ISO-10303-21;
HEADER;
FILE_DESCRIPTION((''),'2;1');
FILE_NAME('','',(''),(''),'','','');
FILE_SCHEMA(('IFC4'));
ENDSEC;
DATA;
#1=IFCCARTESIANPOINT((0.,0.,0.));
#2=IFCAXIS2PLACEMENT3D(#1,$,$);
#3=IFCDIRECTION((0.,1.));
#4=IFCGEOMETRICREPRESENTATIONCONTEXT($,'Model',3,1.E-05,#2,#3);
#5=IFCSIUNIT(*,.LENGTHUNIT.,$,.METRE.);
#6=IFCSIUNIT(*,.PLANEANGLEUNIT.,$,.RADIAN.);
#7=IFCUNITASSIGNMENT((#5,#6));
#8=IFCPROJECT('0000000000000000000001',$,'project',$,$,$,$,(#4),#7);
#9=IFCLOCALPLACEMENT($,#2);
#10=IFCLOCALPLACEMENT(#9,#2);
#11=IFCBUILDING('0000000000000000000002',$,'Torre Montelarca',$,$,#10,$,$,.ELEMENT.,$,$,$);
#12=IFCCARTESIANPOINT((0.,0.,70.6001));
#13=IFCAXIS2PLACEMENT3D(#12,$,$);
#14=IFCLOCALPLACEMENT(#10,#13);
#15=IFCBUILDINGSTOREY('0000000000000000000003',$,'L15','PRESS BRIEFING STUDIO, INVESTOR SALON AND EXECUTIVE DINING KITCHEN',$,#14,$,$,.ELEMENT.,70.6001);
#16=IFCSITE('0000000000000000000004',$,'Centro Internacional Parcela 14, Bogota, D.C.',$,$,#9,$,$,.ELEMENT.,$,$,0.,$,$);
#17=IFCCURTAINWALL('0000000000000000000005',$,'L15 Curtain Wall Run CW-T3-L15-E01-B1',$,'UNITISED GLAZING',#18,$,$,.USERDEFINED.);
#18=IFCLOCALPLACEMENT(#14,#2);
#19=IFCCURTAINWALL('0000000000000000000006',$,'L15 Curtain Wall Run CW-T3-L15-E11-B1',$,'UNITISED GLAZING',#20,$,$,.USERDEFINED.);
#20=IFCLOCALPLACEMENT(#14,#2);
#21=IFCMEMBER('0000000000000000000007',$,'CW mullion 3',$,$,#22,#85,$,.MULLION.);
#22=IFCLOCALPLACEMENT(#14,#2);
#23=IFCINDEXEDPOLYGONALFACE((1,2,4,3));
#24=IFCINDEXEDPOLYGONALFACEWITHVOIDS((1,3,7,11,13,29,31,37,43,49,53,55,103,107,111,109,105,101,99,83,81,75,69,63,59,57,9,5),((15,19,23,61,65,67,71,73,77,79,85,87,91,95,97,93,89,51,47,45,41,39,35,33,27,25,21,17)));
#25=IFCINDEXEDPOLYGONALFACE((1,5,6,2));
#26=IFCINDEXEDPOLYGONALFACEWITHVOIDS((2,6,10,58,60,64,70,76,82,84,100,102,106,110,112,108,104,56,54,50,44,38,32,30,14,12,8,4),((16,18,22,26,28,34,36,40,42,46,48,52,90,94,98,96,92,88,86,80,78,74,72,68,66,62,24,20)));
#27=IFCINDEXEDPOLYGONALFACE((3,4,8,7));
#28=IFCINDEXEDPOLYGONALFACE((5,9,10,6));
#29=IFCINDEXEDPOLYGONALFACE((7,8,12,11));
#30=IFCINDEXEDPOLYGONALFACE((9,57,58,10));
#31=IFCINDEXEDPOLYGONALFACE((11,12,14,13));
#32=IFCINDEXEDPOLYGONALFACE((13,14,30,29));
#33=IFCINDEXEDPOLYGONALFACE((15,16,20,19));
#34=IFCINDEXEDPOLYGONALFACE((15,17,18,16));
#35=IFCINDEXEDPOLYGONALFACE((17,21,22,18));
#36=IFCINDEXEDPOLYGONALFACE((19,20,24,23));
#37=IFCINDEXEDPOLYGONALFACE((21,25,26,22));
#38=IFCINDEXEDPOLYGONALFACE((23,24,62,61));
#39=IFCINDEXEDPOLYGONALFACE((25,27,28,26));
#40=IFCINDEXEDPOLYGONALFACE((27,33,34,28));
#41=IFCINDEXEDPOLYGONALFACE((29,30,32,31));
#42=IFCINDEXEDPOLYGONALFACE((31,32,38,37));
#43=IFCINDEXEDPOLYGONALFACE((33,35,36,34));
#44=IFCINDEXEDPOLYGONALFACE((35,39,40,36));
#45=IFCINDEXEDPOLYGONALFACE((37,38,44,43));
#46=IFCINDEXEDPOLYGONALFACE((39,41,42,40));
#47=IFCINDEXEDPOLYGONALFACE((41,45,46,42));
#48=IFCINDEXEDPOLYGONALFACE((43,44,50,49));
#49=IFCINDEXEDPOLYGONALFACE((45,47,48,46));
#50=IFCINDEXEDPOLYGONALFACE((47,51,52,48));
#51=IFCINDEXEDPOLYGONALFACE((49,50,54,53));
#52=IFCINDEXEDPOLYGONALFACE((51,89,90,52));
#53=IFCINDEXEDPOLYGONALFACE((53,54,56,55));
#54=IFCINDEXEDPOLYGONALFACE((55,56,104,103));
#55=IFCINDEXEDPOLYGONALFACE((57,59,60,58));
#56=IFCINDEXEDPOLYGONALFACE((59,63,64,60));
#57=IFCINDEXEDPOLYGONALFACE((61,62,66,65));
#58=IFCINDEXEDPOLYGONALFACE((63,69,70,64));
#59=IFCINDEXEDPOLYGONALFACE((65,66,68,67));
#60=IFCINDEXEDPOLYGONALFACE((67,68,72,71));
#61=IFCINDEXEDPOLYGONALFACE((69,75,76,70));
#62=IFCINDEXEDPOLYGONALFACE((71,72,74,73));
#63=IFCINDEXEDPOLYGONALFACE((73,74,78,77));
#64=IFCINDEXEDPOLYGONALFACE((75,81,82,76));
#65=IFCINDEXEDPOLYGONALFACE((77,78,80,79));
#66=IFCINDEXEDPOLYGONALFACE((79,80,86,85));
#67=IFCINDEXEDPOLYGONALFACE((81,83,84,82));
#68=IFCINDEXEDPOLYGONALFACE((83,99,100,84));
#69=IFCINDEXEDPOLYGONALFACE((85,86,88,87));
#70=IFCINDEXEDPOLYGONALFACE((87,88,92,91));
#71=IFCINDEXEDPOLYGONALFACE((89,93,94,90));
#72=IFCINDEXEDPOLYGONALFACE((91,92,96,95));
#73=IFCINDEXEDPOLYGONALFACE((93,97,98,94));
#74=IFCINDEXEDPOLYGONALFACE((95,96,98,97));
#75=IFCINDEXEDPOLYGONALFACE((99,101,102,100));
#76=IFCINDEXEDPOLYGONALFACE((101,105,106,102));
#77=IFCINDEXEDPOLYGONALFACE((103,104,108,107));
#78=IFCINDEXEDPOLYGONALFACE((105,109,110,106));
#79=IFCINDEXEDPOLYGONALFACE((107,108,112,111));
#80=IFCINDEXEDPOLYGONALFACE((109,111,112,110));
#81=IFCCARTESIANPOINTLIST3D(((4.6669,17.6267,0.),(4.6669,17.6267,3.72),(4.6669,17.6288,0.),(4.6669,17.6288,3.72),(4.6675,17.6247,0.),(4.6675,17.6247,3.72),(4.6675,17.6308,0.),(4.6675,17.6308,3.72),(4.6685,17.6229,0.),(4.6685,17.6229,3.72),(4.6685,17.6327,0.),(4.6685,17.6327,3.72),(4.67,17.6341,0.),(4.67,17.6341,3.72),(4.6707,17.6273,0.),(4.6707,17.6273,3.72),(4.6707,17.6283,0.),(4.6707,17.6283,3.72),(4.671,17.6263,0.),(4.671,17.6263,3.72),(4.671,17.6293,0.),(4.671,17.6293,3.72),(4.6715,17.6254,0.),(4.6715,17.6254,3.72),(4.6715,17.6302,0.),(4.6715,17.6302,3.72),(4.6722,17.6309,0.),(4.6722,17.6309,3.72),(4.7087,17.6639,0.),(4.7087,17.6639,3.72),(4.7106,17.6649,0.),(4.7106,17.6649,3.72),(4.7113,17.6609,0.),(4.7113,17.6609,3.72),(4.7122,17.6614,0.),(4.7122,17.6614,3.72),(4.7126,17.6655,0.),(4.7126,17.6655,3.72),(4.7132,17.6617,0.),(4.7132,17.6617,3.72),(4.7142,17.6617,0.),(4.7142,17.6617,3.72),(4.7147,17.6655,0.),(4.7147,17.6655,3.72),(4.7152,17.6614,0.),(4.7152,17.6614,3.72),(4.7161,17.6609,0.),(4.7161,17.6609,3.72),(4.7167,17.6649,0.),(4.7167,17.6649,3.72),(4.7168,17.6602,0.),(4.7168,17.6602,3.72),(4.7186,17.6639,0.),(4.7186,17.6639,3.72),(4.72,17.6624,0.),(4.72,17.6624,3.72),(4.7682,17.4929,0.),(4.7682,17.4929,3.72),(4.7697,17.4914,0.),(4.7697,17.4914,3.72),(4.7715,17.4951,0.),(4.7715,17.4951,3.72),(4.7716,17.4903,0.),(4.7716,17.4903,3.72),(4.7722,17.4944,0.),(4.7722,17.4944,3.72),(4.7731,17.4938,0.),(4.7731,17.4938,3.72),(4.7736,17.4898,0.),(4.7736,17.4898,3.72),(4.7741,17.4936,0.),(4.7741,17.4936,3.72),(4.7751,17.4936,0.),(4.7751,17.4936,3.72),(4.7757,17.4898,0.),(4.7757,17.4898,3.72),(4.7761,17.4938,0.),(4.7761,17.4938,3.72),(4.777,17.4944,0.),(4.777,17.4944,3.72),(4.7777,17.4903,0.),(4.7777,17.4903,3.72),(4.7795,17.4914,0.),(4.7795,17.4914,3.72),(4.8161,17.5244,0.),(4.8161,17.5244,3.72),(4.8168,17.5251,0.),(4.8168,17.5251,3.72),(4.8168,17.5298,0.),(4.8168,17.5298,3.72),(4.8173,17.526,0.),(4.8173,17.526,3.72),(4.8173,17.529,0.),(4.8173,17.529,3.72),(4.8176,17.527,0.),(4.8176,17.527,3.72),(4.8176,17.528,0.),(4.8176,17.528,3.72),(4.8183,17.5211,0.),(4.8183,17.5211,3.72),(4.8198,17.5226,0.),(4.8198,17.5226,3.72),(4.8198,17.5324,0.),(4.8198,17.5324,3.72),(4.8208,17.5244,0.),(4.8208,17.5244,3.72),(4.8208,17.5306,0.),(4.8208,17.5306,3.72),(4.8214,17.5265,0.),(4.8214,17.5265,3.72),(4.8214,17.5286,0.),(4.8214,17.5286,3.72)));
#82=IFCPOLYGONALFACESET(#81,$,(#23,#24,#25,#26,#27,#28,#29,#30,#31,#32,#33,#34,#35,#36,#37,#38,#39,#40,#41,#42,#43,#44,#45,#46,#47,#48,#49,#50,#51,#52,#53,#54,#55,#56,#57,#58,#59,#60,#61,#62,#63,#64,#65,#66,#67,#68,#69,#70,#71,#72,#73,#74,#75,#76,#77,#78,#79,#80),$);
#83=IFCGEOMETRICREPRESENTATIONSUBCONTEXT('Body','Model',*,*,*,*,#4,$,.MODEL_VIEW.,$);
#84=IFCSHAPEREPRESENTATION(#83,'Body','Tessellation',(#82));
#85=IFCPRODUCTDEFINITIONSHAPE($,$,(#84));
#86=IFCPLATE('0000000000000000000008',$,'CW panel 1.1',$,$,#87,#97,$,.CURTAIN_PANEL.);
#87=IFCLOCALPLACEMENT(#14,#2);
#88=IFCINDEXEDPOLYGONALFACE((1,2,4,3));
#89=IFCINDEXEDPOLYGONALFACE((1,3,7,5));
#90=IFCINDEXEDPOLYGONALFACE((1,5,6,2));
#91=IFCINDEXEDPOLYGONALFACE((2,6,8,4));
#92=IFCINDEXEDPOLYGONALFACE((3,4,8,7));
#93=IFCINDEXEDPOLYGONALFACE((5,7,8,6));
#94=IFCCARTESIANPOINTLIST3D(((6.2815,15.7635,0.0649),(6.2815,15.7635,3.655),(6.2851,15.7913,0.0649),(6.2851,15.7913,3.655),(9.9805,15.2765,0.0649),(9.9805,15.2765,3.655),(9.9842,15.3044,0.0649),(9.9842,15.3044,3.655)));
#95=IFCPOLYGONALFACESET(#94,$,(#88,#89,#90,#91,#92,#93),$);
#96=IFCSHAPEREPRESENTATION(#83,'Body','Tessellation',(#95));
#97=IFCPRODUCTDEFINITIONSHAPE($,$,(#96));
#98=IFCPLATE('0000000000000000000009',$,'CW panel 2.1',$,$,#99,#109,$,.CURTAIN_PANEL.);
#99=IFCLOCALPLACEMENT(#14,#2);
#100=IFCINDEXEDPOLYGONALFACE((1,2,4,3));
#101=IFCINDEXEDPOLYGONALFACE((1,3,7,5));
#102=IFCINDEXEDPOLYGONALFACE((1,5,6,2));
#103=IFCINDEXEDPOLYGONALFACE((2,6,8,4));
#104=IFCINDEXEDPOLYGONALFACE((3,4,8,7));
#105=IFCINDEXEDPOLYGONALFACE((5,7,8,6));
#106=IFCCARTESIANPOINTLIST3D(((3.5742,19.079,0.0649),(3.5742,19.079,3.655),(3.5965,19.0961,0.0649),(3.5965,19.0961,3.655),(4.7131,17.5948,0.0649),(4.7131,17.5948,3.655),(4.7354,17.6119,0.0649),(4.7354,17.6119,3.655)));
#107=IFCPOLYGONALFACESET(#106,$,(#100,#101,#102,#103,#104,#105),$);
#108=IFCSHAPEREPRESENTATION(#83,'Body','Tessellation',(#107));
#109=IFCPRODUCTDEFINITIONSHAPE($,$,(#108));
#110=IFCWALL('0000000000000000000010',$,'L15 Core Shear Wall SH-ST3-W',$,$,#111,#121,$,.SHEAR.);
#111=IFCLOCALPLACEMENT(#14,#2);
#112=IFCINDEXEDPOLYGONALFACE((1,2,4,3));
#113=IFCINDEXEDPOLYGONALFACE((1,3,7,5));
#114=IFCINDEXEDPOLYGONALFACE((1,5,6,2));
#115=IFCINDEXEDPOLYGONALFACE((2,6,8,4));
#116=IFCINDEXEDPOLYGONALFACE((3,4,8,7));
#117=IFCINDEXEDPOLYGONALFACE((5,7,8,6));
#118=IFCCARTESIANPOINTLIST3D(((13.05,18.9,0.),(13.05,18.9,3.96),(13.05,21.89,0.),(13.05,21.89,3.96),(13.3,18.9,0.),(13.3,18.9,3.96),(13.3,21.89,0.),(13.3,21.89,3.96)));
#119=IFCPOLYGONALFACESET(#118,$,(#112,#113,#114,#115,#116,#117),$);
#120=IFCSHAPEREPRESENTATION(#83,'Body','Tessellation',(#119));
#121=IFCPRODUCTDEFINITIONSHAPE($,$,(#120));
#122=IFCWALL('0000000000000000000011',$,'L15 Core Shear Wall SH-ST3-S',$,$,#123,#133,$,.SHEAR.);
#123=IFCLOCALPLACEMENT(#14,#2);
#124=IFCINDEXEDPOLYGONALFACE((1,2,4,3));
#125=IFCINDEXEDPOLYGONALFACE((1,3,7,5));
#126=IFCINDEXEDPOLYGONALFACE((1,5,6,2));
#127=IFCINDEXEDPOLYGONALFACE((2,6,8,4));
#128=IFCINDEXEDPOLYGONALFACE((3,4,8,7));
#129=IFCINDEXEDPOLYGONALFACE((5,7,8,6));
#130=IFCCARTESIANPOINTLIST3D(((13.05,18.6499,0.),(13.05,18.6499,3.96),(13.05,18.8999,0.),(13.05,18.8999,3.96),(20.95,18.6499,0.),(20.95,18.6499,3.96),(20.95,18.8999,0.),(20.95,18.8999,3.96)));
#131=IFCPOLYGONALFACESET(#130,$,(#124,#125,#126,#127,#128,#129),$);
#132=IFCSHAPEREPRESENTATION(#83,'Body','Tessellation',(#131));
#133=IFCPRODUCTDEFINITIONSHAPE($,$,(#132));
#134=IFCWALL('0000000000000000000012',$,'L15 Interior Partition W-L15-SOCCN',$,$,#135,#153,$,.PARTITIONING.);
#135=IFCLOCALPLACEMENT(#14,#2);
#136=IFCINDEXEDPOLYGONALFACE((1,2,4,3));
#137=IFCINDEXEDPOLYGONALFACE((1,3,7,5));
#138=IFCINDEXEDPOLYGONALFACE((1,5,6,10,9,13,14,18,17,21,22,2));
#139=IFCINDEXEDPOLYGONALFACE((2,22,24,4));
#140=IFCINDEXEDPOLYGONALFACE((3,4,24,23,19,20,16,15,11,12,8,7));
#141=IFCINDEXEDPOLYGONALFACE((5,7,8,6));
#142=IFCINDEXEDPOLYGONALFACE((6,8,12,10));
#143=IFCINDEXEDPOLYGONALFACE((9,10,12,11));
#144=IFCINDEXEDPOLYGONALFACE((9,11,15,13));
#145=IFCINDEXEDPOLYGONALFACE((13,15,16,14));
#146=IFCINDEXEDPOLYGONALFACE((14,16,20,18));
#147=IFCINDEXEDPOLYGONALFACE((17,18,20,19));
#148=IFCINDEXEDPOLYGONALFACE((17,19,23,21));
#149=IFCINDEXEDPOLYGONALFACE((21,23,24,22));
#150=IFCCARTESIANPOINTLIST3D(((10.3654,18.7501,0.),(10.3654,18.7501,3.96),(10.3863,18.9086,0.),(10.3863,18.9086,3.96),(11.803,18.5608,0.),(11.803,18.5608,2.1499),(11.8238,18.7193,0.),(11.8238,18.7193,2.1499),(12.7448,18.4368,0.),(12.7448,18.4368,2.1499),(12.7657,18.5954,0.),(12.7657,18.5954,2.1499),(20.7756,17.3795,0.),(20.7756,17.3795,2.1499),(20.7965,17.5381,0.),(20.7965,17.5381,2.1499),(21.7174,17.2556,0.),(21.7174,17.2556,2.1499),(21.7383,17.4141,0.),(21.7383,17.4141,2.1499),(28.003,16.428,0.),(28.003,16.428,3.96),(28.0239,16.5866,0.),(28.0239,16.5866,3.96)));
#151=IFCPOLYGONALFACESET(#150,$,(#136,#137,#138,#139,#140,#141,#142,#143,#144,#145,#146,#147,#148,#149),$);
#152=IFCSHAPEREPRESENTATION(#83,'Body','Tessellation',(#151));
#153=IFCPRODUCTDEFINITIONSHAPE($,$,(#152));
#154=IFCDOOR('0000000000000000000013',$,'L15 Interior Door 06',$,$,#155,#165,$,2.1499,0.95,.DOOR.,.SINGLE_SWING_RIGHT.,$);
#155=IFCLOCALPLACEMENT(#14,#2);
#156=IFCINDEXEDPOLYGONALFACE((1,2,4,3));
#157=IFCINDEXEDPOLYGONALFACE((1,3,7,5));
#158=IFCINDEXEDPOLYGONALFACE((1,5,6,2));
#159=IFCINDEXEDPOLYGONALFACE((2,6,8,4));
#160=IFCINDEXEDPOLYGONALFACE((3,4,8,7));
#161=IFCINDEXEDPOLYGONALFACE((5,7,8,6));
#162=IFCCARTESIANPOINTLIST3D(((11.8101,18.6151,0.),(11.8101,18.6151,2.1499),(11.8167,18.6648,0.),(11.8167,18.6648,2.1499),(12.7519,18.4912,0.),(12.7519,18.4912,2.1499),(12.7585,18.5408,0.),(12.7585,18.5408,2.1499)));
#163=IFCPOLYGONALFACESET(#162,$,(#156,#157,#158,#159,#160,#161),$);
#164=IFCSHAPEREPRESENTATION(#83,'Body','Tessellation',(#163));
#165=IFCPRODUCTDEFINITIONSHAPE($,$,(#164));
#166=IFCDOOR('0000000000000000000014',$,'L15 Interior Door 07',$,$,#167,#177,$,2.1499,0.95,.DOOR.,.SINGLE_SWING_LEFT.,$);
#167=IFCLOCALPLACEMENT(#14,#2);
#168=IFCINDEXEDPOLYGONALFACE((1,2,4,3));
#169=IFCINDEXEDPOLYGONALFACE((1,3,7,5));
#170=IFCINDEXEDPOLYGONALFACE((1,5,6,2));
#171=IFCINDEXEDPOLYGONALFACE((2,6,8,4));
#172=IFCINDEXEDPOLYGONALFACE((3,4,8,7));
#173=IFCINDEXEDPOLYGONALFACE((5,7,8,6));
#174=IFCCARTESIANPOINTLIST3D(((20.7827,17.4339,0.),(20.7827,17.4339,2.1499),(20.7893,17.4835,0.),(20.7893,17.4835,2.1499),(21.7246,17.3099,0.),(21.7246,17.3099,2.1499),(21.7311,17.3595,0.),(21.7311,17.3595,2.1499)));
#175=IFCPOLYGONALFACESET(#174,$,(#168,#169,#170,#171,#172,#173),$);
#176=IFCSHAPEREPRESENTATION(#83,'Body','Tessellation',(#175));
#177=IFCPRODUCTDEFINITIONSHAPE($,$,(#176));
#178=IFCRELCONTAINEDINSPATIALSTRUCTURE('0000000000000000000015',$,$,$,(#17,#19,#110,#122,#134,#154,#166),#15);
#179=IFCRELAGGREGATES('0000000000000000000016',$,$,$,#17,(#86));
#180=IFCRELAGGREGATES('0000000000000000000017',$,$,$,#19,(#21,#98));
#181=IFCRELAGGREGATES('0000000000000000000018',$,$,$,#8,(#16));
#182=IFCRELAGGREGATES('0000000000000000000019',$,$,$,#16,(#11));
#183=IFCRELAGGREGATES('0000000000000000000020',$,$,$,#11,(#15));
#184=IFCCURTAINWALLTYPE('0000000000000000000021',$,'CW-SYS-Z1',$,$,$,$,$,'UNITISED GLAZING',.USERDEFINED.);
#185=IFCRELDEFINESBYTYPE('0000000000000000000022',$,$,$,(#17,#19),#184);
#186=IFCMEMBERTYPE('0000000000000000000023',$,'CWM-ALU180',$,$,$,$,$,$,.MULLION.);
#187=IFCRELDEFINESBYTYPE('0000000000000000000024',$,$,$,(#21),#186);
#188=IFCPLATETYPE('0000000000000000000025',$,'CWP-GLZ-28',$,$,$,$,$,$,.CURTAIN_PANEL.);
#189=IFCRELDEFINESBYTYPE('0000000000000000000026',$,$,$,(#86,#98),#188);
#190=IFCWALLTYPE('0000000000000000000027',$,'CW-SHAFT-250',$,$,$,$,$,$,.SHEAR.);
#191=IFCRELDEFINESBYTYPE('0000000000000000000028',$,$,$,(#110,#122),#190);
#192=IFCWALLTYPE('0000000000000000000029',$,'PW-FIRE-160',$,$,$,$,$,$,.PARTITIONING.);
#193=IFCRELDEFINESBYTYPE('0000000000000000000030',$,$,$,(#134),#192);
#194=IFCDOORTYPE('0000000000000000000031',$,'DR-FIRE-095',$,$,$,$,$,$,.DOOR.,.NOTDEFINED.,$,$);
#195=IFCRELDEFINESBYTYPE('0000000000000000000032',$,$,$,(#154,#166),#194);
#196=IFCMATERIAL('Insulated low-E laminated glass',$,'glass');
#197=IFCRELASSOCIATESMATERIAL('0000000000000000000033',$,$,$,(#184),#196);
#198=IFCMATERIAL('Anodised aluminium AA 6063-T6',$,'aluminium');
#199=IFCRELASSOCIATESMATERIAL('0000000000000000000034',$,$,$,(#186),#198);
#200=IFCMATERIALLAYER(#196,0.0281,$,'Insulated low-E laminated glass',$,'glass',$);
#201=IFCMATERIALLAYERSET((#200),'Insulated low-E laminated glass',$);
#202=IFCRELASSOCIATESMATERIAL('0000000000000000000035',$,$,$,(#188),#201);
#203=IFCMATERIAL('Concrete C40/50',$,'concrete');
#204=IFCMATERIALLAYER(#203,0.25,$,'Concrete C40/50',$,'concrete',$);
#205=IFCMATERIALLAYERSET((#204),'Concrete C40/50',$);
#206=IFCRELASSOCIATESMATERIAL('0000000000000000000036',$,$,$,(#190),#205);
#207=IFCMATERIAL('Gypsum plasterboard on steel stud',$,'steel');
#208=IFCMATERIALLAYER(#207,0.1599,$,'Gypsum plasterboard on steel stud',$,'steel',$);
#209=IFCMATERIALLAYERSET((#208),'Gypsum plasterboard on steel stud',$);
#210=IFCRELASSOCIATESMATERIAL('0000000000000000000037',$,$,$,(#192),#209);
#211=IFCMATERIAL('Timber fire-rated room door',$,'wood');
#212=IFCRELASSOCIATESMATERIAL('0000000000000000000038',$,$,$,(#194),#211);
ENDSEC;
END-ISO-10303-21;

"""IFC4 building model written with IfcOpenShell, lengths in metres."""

from ifc_helpers import new_model, si_unit, direction, frame, frame_2d, origin, origin_2d, place, context, subcontext, project, spatial, rectangle, hollow_rectangle, extrude, source, transform, mapped, material, layer, layer_set, material_profile, profile_set, type_object, element, fill, aggregate, save


model = new_model("IFC4")

# Units and contexts
model_context = context("Model", 3, precision=1e-05, world=origin(), true_north=direction((0.0, 1.0)))
body_context = subcontext(model_context, "Body", "Model", "MODEL_VIEW")
ifc_project = project(units=[si_unit("LENGTHUNIT", "METRE"), si_unit("PLANEANGLEUNIT", "RADIAN")], contexts=[model_context])

# Site, building, storey
site_placement = place(None, origin())
site = spatial("IfcSite", under=ifc_project, at=site_placement, Name="Centro Internacional Parcela 14, Bogota, D.C.", CompositionType="ELEMENT", RefElevation=0.0)
building_placement = place(site_placement, origin())
building = spatial("IfcBuilding", under=site, at=building_placement, Name="Torre Montelarca", CompositionType="ELEMENT")
storey_placement = place(building_placement, frame((0.0, 0.0, 70.6001)))
storey = spatial("IfcBuildingStorey", under=building, at=storey_placement, Name="L15", Description="PRESS BRIEFING STUDIO, INVESTOR SALON AND EXECUTIVE DINING KITCHEN", CompositionType="ELEMENT", Elevation=70.6001)

# Curtain walls
ifc_material_1 = material(Name="Insulated low-E laminated glass", Category="glass")
curtain_wall_type = type_object("IfcCurtainWallType", Name="CW-SYS-Z1", ElementType="UNITISED GLAZING", PredefinedType="USERDEFINED", material=ifc_material_1)
curtain_wall_1_placement = place(storey_placement, origin())
curtain_wall_1 = element("IfcCurtainWall", 1, at=curtain_wall_1_placement, inside=storey, type_object=curtain_wall_type, Name="L15 Curtain Wall Run CW-T3-L15-E01-B1", ObjectType="UNITISED GLAZING", PredefinedType="USERDEFINED")
ifc_material_2 = material(Name="Anodised aluminium AA 6063-T6", Category="aluminium")
curtain_wall_2_placement = place(storey_placement, origin())
curtain_wall_2 = element("IfcCurtainWall", 2, at=curtain_wall_2_placement, inside=storey, type_object=curtain_wall_type, Name="L15 Curtain Wall Run CW-T3-L15-E11-B1", ObjectType="UNITISED GLAZING", PredefinedType="USERDEFINED")

# Member
ifc_material_profile_1 = material_profile(ifc_material_2, hollow_rectangle(XDim=0.0649, YDim=0.1799, WallThickness=0.0039, InnerFilletRadius=0.0039, OuterFilletRadius=0.0081, at=origin_2d()), Name="ALU65X180X4", Category="aluminium")
ifc_profile_set_1 = profile_set([ifc_material_profile_1], Name="Anodised aluminium AA 6063-T6")
member_type_1 = type_object("IfcMemberType", Name="CWM-ALU180", PredefinedType="MULLION", material=ifc_profile_set_1)
shared_shape_1 = source(origin(), body_context, "Body", "SweptSolid", [
    extrude(hollow_rectangle(XDim=0.0649, YDim=0.1799, WallThickness=0.0039, InnerFilletRadius=0.0039, OuterFilletRadius=0.0081, at=origin_2d()), origin(), (0.0, 0.0, 1.0), 3.72),
])
member_1_placement = place(storey_placement, frame((4.7441, 17.5776, 0.0), z_axis=(0.0, 0.0, 1.0), x_axis=(0.793352, 0.608763, 0.0)))
member_1 = element("IfcMember", 3, at=member_1_placement, type_object=member_type_1, Name="CW mullion 3", PredefinedType="MULLION", context=body_context, shape_type="MappedRepresentation", body=[
    mapped(shared_shape_1, transform((0.0, 0.0, 0.0), scale=1.0)),
])

# Plates
ifc_layer_1 = layer(ifc_material_1, 0.0281, Name="Insulated low-E laminated glass", Category="glass")
ifc_layer_set_1 = layer_set([ifc_layer_1], Name="Insulated low-E laminated glass")
plate_type = type_object("IfcPlateType", Name="CWP-GLZ-28", PredefinedType="CURTAIN_PANEL", material=ifc_layer_set_1)
shared_shape_2 = source(origin(), body_context, "Body", "SweptSolid", [
    extrude(rectangle(XDim=3.731, YDim=0.0281, at=origin_2d()), origin(), (0.0, 0.0, 1.0), 3.5901),
])
plate_1_placement = place(storey_placement, frame((8.1328, 15.5339, 0.0649), z_axis=(0.0, 0.0, 1.0), x_axis=(0.991446, -0.130519, 0.0)))
plate_1 = element("IfcPlate", 4, at=plate_1_placement, type_object=plate_type, Name="CW panel 1.1", PredefinedType="CURTAIN_PANEL", context=body_context, shape_type="MappedRepresentation", body=[
    mapped(shared_shape_2, transform((0.0, 0.0, 0.0), scale=1.0)),
])
aggregate(curtain_wall_1, [plate_1])
shared_shape_3 = source(origin(), body_context, "Body", "SweptSolid", [
    extrude(rectangle(XDim=1.8708, YDim=0.0281, at=origin_2d()), origin(), (0.0, 0.0, 1.0), 3.5901),
])
plate_2_placement = place(storey_placement, frame((4.1548, 18.3455, 0.0649), z_axis=(0.0, 0.0, 1.0), x_axis=(0.608763, -0.793352, 0.0)))
plate_2 = element("IfcPlate", 5, at=plate_2_placement, type_object=plate_type, Name="CW panel 2.1", PredefinedType="CURTAIN_PANEL", context=body_context, shape_type="MappedRepresentation", body=[
    mapped(shared_shape_3, transform((0.0, 0.0, 0.0), scale=1.0)),
])
aggregate(curtain_wall_2, [member_1, plate_2])

# Walls
ifc_material_3 = material(Name="Concrete C40/50", Category="concrete")
ifc_layer_2 = layer(ifc_material_3, 0.25, Name="Concrete C40/50", Category="concrete")
ifc_layer_set_2 = layer_set([ifc_layer_2], Name="Concrete C40/50")
wall_type_1 = type_object("IfcWallType", Name="CW-SHAFT-250", PredefinedType="SHEAR", material=ifc_layer_set_2)
wall_1_placement = place(storey_placement, frame((13.175, 18.8999, 0.0), z_axis=(0.0, 0.0, 1.0), x_axis=(0.0, 1.0, 0.0)))
element("IfcWall", 6, at=wall_1_placement, inside=storey, type_object=wall_type_1, Name="L15 Core Shear Wall SH-ST3-W", PredefinedType="SHEAR", context=body_context, shape_type="SweptSolid", body=[
    extrude(rectangle(XDim=2.99, YDim=0.25, at=frame_2d((1.4951, 0.0))), origin(), (0.0, 0.0, 1.0), 3.96),
])
wall_2_placement = place(storey_placement, frame((13.05, 18.7749, 0.0), z_axis=(0.0, 0.0, 1.0), x_axis=(1.0, 0.0, 0.0)))
element("IfcWall", 7, at=wall_2_placement, inside=storey, type_object=wall_type_1, Name="L15 Core Shear Wall SH-ST3-S", PredefinedType="SHEAR", context=body_context, shape_type="SweptSolid", body=[
    extrude(rectangle(XDim=7.8999, YDim=0.25, at=frame_2d((3.95, 0.0))), origin(), (0.0, 0.0, 1.0), 3.96),
])

# Wall, openings, doors
ifc_material_4 = material(Name="Gypsum plasterboard on steel stud", Category="steel")
ifc_layer_3 = layer(ifc_material_4, 0.1599, Name="Gypsum plasterboard on steel stud", Category="steel")
ifc_layer_set_3 = layer_set([ifc_layer_3], Name="Gypsum plasterboard on steel stud")
wall_type_2 = type_object("IfcWallType", Name="PW-FIRE-160", PredefinedType="PARTITIONING", material=ifc_layer_set_3)
wall_3_placement = place(storey_placement, frame((10.3757, 18.8293, 0.0), z_axis=(0.0, 0.0, 1.0), x_axis=(0.991445, -0.130525, 0.0)))
wall_3 = element("IfcWall", 8, at=wall_3_placement, inside=storey, type_object=wall_type_2, Name="L15 Interior Partition W-L15-SOCCN", PredefinedType="PARTITIONING", context=body_context, shape_type="SweptSolid", body=[
    extrude(rectangle(XDim=17.7898, YDim=0.1599, at=frame_2d((8.895, 0.0))), origin(), (0.0, 0.0, 1.0), 3.96),
])
opening_1_placement = place(wall_3_placement, frame((1.45, 0.0, 0.0)))
opening_1 = element("IfcOpeningElement", 9, at=opening_1_placement, cuts=wall_3, PredefinedType="OPENING", context=body_context, shape_type="SweptSolid", body=[
    extrude(rectangle(XDim=0.95, YDim=2.1499, at=frame_2d((0.4751, 1.075))), frame((0.0, 0.0898, 0.0), z_axis=(0.0, -1.0, 0.0), x_axis=(1.0, 0.0, 0.0)), (0.0, 0.0, 1.0), 0.1799),
])
opening_2_placement = place(wall_3_placement, frame((10.5, 0.0, 0.0)))
opening_2 = element("IfcOpeningElement", 10, at=opening_2_placement, cuts=wall_3, PredefinedType="OPENING", context=body_context, shape_type="SweptSolid", body=[
    extrude(rectangle(XDim=0.95, YDim=2.1499, at=frame_2d((0.4751, 1.075))), frame((0.0, 0.0898, 0.0), z_axis=(0.0, -1.0, 0.0), x_axis=(1.0, 0.0, 0.0)), (0.0, 0.0, 1.0), 0.1799),
])
ifc_material_5 = material(Name="Timber fire-rated room door", Category="wood")
door_type = type_object("IfcDoorType", Name="DR-FIRE-095", OperationType="NOTDEFINED", PredefinedType="DOOR", material=ifc_material_5)
shared_shape_4 = source(origin(), body_context, "Body", "SweptSolid", [
    extrude(rectangle(XDim=0.95, YDim=2.1499, at=frame_2d((0.4751, 1.075))), frame((0.0, 0.0249, 0.0), z_axis=(0.0, -1.0, 0.0), x_axis=(1.0, 0.0, 0.0)), (0.0, 0.0, 1.0), 0.05),
])
door_1_placement = place(opening_1_placement, origin())
door_1 = element("IfcDoor", 11, at=door_1_placement, inside=storey, type_object=door_type, Name="L15 Interior Door 06", OperationType="SINGLE_SWING_RIGHT", OverallHeight=2.1499, OverallWidth=0.95, PredefinedType="DOOR", context=body_context, shape_type="MappedRepresentation", body=[
    mapped(shared_shape_4, transform((0.0, 0.0, 0.0), scale=1.0)),
])
fill(opening_1, door_1)
door_2_placement = place(opening_2_placement, origin())
door_2 = element("IfcDoor", 12, at=door_2_placement, inside=storey, type_object=door_type, Name="L15 Interior Door 07", OperationType="SINGLE_SWING_LEFT", OverallHeight=2.1499, OverallWidth=0.95, PredefinedType="DOOR", context=body_context, shape_type="MappedRepresentation", body=[
    mapped(shared_shape_4, transform((0.0, 0.0, 0.0), scale=1.0)),
])
fill(opening_2, door_2)

save(model, "model.ifc")
